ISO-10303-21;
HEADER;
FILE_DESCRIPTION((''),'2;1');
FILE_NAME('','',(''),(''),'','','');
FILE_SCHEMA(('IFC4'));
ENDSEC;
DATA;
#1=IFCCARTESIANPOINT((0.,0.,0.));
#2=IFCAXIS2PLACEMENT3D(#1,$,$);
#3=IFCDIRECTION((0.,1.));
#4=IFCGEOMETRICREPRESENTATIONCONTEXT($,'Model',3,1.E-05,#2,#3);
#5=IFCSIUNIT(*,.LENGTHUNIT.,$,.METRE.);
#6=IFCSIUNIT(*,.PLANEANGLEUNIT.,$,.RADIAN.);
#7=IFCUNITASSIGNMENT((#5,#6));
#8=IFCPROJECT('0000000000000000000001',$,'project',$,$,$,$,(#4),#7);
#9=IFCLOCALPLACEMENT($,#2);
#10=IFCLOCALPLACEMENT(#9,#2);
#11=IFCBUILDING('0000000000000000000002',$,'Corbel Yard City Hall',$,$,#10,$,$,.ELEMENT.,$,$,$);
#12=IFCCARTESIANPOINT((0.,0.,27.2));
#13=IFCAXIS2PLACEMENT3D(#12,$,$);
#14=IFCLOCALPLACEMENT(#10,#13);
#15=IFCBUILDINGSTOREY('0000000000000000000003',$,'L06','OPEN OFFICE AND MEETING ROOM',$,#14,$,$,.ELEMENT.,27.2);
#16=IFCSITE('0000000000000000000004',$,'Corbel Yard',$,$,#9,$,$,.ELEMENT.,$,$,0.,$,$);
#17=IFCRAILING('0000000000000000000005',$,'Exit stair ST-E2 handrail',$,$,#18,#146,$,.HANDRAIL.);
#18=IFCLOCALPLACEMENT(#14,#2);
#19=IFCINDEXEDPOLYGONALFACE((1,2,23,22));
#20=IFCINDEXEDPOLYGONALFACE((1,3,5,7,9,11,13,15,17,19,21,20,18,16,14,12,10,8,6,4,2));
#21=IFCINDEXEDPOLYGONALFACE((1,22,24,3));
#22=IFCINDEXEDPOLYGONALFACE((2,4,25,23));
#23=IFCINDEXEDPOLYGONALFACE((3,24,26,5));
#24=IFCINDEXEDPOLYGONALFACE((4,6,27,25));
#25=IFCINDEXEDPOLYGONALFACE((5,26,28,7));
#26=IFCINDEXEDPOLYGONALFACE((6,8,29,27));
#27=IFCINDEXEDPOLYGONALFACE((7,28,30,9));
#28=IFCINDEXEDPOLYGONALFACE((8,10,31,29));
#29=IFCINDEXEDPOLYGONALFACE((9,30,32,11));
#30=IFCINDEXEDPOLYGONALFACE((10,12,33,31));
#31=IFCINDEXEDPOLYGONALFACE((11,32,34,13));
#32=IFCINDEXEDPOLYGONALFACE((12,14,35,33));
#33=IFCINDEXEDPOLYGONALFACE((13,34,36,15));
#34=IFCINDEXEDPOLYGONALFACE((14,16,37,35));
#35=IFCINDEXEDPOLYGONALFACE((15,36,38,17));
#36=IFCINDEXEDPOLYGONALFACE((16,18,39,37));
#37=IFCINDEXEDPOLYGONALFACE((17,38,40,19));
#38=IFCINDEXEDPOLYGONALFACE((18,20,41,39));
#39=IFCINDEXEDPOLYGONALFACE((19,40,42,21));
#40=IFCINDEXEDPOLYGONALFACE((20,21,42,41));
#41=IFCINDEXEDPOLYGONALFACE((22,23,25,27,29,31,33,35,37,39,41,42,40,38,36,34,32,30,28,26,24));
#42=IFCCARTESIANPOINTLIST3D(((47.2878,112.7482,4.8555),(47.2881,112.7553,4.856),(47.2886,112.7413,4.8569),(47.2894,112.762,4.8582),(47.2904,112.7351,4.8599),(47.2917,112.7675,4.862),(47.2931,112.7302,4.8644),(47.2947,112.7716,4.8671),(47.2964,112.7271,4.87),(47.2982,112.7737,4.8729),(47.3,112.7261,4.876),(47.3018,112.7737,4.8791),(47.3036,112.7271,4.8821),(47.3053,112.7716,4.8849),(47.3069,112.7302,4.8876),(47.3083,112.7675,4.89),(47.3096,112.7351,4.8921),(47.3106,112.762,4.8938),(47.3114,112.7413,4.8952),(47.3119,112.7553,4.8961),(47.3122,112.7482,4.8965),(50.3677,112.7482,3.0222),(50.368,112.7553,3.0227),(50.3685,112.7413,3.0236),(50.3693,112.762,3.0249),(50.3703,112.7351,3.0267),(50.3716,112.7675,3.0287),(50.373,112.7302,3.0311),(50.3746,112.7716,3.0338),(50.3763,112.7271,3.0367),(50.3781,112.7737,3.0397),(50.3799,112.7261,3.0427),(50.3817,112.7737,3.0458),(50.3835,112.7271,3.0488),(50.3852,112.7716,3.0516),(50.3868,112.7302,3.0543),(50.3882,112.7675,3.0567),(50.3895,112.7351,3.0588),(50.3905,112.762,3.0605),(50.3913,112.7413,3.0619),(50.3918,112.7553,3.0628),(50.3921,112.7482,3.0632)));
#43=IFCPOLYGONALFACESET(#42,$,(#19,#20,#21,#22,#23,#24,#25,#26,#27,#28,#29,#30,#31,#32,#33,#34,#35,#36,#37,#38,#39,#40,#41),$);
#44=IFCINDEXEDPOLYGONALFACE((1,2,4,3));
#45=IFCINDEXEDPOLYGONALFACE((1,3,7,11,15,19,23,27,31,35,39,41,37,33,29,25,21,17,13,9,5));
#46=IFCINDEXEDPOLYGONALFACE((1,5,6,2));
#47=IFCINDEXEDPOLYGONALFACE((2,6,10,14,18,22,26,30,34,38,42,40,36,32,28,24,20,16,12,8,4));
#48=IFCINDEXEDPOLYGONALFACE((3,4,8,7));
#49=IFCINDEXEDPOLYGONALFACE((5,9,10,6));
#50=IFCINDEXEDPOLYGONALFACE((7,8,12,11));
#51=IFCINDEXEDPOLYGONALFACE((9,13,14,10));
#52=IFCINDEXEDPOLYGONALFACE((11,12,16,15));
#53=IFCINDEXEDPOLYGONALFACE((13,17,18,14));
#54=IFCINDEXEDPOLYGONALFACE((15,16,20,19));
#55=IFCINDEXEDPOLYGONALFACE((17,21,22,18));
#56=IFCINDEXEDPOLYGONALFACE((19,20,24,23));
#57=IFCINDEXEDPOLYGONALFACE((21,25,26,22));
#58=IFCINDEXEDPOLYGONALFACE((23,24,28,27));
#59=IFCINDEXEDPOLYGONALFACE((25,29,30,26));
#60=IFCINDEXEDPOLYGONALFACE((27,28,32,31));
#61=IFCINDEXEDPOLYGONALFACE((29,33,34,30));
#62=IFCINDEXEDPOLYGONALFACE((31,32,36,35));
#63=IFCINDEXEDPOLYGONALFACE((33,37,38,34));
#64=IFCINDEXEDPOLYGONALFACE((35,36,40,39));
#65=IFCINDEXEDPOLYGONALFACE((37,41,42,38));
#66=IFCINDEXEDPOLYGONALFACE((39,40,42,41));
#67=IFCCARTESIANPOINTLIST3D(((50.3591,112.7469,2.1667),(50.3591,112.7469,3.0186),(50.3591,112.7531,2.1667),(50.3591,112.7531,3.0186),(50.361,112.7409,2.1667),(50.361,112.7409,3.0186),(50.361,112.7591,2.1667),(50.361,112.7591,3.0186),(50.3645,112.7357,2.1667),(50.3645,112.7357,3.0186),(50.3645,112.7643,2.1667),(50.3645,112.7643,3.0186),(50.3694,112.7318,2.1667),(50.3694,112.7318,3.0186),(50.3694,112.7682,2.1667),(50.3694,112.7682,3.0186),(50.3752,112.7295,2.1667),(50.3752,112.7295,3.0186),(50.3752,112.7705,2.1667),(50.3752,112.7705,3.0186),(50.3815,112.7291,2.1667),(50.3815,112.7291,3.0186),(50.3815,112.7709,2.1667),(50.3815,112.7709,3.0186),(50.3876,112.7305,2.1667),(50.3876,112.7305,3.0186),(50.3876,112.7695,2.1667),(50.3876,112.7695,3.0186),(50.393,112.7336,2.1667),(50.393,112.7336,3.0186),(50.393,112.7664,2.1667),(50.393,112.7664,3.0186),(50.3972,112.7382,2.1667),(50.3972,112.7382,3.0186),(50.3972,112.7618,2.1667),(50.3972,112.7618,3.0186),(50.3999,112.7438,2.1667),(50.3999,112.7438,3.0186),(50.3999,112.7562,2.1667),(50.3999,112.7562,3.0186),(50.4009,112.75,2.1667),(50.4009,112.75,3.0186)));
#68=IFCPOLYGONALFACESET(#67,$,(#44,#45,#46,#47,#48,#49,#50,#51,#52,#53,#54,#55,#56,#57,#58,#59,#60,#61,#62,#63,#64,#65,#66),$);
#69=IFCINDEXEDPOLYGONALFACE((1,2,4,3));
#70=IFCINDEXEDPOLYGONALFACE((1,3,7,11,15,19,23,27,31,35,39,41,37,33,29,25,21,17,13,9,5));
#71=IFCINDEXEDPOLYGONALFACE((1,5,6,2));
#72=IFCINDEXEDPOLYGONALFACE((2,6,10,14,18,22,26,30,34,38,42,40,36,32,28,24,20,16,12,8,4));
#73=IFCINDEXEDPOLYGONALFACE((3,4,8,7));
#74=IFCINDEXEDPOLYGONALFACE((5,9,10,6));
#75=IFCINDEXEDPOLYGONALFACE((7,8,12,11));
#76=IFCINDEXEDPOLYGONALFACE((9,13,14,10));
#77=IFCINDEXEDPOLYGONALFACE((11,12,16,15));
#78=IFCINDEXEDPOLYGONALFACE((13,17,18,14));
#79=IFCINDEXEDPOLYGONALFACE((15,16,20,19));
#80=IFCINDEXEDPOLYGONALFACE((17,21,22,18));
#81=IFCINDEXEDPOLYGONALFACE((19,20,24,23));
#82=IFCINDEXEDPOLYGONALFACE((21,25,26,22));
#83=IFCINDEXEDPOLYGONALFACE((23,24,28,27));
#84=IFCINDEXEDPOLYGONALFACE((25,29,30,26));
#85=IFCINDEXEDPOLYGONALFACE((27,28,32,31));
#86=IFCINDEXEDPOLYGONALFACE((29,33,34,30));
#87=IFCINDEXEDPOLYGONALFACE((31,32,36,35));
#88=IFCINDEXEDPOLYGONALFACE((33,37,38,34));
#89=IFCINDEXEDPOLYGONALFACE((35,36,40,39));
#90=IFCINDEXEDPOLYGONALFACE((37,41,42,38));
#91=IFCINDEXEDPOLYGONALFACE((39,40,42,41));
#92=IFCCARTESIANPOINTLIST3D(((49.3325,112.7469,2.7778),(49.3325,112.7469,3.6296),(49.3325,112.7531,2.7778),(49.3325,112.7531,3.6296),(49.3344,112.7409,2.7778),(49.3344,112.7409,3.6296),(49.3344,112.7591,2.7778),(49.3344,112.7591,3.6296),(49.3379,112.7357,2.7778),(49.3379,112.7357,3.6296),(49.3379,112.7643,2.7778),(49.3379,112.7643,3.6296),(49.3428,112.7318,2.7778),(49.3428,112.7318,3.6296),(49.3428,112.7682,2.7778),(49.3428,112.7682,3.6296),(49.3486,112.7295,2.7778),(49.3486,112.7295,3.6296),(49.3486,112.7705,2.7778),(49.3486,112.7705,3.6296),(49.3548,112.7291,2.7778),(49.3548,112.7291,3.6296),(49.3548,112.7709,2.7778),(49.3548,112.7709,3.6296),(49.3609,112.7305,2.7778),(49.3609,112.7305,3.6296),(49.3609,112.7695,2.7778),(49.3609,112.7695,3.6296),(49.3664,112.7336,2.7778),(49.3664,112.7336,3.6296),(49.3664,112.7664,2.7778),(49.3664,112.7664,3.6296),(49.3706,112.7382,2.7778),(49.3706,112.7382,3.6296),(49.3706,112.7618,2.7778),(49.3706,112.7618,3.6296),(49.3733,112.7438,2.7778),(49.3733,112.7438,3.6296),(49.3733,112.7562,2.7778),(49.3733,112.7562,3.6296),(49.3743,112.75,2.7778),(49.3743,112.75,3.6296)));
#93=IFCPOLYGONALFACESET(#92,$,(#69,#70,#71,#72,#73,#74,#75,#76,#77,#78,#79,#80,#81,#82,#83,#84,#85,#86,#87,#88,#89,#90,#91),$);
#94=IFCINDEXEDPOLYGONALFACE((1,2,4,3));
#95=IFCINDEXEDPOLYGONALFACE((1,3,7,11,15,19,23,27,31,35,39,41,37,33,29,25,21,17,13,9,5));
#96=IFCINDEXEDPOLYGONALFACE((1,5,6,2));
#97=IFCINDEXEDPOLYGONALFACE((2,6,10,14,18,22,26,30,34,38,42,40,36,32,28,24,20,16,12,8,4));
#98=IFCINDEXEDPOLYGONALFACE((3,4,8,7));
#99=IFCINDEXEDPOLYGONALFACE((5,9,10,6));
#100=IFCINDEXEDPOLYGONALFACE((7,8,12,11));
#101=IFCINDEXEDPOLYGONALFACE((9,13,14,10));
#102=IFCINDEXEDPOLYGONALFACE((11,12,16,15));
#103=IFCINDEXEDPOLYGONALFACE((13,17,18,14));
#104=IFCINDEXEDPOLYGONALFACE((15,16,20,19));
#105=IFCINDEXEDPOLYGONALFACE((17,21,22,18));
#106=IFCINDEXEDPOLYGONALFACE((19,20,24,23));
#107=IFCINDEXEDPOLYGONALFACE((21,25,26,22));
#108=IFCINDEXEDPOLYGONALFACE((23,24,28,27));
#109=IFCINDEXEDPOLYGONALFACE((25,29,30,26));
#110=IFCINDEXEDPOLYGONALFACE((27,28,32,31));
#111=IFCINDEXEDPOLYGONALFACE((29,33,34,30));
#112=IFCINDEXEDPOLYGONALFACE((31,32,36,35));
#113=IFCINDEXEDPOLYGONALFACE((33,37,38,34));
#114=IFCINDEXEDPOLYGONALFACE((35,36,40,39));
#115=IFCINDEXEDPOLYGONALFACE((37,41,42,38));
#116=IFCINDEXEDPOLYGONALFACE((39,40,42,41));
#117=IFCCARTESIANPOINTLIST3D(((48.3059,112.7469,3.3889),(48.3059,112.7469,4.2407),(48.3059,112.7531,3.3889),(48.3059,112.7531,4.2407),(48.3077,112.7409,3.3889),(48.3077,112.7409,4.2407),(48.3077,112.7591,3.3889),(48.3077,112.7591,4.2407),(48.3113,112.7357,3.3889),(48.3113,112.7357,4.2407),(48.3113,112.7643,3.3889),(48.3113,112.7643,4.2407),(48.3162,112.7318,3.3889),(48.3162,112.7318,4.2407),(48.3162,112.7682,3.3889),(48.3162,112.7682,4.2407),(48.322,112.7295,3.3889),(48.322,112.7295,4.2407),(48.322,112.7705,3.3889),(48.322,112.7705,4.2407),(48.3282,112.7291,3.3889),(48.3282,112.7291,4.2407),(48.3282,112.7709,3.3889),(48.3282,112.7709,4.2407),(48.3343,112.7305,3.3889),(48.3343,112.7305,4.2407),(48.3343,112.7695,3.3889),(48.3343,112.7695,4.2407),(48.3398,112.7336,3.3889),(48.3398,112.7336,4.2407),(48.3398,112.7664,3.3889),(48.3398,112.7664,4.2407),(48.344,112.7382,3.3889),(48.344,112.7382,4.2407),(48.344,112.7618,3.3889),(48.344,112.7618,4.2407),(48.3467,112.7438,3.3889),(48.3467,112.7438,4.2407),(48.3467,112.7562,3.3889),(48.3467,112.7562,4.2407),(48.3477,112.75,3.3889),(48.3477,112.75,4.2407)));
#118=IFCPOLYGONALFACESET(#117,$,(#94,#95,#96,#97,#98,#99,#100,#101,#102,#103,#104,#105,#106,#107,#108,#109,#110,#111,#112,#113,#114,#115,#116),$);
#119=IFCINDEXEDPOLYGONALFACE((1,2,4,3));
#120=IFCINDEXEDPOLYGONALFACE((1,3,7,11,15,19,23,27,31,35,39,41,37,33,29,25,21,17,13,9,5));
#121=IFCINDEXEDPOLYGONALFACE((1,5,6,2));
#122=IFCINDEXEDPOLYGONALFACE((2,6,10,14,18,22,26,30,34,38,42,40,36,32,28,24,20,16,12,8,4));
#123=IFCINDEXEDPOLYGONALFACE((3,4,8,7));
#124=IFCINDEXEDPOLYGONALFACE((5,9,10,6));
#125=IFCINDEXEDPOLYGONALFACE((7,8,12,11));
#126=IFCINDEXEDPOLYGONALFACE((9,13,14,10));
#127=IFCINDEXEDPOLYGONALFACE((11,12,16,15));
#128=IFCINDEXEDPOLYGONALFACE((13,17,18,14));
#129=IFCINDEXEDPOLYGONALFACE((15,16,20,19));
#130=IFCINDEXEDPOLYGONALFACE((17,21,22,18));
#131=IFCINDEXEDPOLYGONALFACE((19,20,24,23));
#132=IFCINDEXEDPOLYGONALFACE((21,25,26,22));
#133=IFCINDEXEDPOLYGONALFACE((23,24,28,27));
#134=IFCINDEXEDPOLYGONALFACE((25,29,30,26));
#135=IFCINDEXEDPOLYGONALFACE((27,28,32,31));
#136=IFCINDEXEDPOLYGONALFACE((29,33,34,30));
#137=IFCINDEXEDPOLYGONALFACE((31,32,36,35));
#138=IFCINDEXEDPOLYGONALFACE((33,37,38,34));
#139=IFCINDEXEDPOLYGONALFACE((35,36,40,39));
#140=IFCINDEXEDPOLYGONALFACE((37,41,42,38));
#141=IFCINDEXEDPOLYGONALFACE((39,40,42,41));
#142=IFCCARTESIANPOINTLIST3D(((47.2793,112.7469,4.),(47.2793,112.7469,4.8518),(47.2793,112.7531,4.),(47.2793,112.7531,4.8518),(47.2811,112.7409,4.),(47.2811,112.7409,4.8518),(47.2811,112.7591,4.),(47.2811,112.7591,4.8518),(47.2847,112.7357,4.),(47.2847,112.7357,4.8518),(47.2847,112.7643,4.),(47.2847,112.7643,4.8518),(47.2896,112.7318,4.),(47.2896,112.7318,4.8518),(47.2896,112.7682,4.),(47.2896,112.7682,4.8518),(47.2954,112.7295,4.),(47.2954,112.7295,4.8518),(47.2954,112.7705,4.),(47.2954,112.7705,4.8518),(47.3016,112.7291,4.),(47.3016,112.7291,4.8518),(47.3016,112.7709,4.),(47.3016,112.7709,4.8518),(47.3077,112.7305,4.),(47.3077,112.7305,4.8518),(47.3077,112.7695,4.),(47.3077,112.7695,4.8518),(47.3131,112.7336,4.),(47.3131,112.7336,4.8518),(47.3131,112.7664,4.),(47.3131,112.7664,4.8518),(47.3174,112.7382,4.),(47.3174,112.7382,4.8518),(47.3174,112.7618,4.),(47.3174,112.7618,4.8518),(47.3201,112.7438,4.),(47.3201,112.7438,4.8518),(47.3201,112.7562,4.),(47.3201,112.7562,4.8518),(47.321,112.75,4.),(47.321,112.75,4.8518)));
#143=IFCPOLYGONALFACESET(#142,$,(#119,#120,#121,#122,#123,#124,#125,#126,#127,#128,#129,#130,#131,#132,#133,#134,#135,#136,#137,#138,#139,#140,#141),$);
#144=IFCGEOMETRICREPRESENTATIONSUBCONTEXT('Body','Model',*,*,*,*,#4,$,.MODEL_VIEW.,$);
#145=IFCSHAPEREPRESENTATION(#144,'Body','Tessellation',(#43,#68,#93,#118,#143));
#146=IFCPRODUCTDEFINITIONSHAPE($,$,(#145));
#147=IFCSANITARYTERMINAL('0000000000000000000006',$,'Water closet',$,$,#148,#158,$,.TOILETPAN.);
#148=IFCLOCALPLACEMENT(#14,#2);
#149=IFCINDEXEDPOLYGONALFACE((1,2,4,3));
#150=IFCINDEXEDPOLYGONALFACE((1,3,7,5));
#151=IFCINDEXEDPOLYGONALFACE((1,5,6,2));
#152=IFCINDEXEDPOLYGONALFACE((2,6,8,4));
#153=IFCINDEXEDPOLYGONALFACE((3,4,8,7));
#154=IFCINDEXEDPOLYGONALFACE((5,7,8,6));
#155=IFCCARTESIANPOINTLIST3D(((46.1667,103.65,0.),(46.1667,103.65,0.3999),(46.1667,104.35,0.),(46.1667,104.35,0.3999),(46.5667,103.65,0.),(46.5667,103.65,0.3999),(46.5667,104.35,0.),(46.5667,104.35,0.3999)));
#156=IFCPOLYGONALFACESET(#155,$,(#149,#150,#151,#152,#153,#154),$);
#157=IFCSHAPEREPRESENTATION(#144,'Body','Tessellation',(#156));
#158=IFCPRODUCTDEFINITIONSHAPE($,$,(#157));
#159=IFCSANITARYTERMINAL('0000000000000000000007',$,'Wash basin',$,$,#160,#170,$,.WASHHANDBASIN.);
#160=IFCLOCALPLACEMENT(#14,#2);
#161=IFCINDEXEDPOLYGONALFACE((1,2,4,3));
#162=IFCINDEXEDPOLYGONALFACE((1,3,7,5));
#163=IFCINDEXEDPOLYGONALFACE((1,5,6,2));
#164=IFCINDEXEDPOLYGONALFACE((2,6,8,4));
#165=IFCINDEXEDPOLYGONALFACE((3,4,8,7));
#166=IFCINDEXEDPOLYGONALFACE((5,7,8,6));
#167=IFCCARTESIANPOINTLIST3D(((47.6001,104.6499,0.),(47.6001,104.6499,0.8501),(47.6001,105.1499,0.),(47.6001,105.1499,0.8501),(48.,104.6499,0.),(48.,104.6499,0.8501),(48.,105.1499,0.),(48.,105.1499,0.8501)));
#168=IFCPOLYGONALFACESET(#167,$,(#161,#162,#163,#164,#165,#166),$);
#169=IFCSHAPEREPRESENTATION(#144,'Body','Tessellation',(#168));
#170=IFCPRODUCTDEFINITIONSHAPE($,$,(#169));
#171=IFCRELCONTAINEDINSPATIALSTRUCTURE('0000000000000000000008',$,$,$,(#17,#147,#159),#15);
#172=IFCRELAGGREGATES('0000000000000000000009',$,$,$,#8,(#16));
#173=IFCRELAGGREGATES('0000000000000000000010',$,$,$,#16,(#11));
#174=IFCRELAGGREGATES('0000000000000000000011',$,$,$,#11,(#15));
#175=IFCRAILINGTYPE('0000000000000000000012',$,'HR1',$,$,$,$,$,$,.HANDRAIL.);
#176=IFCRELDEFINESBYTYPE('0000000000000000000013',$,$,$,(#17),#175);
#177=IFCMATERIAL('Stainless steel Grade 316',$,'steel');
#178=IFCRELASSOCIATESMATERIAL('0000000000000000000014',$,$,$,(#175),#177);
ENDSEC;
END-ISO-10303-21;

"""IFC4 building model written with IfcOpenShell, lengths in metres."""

from ifc_helpers import new_model, si_unit, direction, frame, origin, origin_2d, place, context, subcontext, project, spatial, rectangle, circle, extrude, material, type_object, element, save


model = new_model("IFC4")

# Units and contexts
model_context = context("Model", 3, precision=1e-05, world=origin(), true_north=direction((0.0, 1.0)))
body_context = subcontext(model_context, "Body", "Model", "MODEL_VIEW")
ifc_project = project(units=[si_unit("LENGTHUNIT", "METRE"), si_unit("PLANEANGLEUNIT", "RADIAN")], contexts=[model_context])

# Site, building, storey
site_placement = place(None, origin())
site = spatial("IfcSite", under=ifc_project, at=site_placement, Name="Corbel Yard", CompositionType="ELEMENT", RefElevation=0.0)
building_placement = place(site_placement, origin())
building = spatial("IfcBuilding", under=site, at=building_placement, Name="Corbel Yard City Hall", CompositionType="ELEMENT")
storey_placement = place(building_placement, frame((0.0, 0.0, 27.2)))
storey = spatial("IfcBuildingStorey", under=building, at=storey_placement, Name="L06", Description="OPEN OFFICE AND MEETING ROOM", CompositionType="ELEMENT", Elevation=27.2)

# Shared definitions
ifc_material_1 = material(Name="Stainless steel Grade 316", Category="steel")

# Railing
railing_type = type_object("IfcRailingType", Name="HR1", PredefinedType="HANDRAIL", material=ifc_material_1)
for number, where, name in (
    (1, (50.3799, 112.75, 2.1667), "Exit stair ST-E2 handrail"),
):
    element("IfcRailing", number, at=place(storey_placement, frame(where)), inside=storey, type_object=railing_type, Name=name, PredefinedType="HANDRAIL", context=body_context, shape_type="SweptSolid", body=[
        extrude(circle(Radius=0.0239, at=origin_2d()), frame((0.0, 0.0, 0.876), z_axis=(-0.859291, 0.0, 0.511487), x_axis=(0.0, -1.0, 0.0)), (0.0, 0.0, 1.0), 3.5842),
        extrude(circle(Radius=0.021, at=origin_2d()), origin(), (0.0, 0.0, 1.0), 0.8518),
        extrude(circle(Radius=0.021, at=origin_2d()), frame((-1.0266, 0.0, 0.6111)), (0.0, 0.0, 1.0), 0.8518),
        extrude(circle(Radius=0.021, at=origin_2d()), frame((-2.0532, 0.0, 1.2222)), (0.0, 0.0, 1.0), 0.8518),
        extrude(circle(Radius=0.021, at=origin_2d()), frame((-3.0798, 0.0, 1.8333)), (0.0, 0.0, 1.0), 0.8518),
    ])

# Sanitary terminals
sanitary_terminal_1_placement = place(storey_placement, frame((46.3667, 104.0, 0.0), z_axis=(0.0, 0.0, 1.0), x_axis=(1.0, 0.0, 0.0)))
element("IfcSanitaryTerminal", 2, at=sanitary_terminal_1_placement, inside=storey, Name="Water closet", PredefinedType="TOILETPAN", context=body_context, shape_type="SweptSolid", body=[
    extrude(rectangle(XDim=0.3999, YDim=0.7, at=origin_2d()), origin(), (0.0, 0.0, 1.0), 0.3999),
])
sanitary_terminal_2_placement = place(storey_placement, frame((47.8, 104.8999, 0.0), z_axis=(0.0, 0.0, 1.0), x_axis=(1.0, 0.0, 0.0)))
element("IfcSanitaryTerminal", 3, at=sanitary_terminal_2_placement, inside=storey, Name="Wash basin", PredefinedType="WASHHANDBASIN", context=body_context, shape_type="SweptSolid", body=[
    extrude(rectangle(XDim=0.3999, YDim=0.5, at=origin_2d()), origin(), (0.0, 0.0, 1.0), 0.8501),
])

save(model, "model.ifc")
